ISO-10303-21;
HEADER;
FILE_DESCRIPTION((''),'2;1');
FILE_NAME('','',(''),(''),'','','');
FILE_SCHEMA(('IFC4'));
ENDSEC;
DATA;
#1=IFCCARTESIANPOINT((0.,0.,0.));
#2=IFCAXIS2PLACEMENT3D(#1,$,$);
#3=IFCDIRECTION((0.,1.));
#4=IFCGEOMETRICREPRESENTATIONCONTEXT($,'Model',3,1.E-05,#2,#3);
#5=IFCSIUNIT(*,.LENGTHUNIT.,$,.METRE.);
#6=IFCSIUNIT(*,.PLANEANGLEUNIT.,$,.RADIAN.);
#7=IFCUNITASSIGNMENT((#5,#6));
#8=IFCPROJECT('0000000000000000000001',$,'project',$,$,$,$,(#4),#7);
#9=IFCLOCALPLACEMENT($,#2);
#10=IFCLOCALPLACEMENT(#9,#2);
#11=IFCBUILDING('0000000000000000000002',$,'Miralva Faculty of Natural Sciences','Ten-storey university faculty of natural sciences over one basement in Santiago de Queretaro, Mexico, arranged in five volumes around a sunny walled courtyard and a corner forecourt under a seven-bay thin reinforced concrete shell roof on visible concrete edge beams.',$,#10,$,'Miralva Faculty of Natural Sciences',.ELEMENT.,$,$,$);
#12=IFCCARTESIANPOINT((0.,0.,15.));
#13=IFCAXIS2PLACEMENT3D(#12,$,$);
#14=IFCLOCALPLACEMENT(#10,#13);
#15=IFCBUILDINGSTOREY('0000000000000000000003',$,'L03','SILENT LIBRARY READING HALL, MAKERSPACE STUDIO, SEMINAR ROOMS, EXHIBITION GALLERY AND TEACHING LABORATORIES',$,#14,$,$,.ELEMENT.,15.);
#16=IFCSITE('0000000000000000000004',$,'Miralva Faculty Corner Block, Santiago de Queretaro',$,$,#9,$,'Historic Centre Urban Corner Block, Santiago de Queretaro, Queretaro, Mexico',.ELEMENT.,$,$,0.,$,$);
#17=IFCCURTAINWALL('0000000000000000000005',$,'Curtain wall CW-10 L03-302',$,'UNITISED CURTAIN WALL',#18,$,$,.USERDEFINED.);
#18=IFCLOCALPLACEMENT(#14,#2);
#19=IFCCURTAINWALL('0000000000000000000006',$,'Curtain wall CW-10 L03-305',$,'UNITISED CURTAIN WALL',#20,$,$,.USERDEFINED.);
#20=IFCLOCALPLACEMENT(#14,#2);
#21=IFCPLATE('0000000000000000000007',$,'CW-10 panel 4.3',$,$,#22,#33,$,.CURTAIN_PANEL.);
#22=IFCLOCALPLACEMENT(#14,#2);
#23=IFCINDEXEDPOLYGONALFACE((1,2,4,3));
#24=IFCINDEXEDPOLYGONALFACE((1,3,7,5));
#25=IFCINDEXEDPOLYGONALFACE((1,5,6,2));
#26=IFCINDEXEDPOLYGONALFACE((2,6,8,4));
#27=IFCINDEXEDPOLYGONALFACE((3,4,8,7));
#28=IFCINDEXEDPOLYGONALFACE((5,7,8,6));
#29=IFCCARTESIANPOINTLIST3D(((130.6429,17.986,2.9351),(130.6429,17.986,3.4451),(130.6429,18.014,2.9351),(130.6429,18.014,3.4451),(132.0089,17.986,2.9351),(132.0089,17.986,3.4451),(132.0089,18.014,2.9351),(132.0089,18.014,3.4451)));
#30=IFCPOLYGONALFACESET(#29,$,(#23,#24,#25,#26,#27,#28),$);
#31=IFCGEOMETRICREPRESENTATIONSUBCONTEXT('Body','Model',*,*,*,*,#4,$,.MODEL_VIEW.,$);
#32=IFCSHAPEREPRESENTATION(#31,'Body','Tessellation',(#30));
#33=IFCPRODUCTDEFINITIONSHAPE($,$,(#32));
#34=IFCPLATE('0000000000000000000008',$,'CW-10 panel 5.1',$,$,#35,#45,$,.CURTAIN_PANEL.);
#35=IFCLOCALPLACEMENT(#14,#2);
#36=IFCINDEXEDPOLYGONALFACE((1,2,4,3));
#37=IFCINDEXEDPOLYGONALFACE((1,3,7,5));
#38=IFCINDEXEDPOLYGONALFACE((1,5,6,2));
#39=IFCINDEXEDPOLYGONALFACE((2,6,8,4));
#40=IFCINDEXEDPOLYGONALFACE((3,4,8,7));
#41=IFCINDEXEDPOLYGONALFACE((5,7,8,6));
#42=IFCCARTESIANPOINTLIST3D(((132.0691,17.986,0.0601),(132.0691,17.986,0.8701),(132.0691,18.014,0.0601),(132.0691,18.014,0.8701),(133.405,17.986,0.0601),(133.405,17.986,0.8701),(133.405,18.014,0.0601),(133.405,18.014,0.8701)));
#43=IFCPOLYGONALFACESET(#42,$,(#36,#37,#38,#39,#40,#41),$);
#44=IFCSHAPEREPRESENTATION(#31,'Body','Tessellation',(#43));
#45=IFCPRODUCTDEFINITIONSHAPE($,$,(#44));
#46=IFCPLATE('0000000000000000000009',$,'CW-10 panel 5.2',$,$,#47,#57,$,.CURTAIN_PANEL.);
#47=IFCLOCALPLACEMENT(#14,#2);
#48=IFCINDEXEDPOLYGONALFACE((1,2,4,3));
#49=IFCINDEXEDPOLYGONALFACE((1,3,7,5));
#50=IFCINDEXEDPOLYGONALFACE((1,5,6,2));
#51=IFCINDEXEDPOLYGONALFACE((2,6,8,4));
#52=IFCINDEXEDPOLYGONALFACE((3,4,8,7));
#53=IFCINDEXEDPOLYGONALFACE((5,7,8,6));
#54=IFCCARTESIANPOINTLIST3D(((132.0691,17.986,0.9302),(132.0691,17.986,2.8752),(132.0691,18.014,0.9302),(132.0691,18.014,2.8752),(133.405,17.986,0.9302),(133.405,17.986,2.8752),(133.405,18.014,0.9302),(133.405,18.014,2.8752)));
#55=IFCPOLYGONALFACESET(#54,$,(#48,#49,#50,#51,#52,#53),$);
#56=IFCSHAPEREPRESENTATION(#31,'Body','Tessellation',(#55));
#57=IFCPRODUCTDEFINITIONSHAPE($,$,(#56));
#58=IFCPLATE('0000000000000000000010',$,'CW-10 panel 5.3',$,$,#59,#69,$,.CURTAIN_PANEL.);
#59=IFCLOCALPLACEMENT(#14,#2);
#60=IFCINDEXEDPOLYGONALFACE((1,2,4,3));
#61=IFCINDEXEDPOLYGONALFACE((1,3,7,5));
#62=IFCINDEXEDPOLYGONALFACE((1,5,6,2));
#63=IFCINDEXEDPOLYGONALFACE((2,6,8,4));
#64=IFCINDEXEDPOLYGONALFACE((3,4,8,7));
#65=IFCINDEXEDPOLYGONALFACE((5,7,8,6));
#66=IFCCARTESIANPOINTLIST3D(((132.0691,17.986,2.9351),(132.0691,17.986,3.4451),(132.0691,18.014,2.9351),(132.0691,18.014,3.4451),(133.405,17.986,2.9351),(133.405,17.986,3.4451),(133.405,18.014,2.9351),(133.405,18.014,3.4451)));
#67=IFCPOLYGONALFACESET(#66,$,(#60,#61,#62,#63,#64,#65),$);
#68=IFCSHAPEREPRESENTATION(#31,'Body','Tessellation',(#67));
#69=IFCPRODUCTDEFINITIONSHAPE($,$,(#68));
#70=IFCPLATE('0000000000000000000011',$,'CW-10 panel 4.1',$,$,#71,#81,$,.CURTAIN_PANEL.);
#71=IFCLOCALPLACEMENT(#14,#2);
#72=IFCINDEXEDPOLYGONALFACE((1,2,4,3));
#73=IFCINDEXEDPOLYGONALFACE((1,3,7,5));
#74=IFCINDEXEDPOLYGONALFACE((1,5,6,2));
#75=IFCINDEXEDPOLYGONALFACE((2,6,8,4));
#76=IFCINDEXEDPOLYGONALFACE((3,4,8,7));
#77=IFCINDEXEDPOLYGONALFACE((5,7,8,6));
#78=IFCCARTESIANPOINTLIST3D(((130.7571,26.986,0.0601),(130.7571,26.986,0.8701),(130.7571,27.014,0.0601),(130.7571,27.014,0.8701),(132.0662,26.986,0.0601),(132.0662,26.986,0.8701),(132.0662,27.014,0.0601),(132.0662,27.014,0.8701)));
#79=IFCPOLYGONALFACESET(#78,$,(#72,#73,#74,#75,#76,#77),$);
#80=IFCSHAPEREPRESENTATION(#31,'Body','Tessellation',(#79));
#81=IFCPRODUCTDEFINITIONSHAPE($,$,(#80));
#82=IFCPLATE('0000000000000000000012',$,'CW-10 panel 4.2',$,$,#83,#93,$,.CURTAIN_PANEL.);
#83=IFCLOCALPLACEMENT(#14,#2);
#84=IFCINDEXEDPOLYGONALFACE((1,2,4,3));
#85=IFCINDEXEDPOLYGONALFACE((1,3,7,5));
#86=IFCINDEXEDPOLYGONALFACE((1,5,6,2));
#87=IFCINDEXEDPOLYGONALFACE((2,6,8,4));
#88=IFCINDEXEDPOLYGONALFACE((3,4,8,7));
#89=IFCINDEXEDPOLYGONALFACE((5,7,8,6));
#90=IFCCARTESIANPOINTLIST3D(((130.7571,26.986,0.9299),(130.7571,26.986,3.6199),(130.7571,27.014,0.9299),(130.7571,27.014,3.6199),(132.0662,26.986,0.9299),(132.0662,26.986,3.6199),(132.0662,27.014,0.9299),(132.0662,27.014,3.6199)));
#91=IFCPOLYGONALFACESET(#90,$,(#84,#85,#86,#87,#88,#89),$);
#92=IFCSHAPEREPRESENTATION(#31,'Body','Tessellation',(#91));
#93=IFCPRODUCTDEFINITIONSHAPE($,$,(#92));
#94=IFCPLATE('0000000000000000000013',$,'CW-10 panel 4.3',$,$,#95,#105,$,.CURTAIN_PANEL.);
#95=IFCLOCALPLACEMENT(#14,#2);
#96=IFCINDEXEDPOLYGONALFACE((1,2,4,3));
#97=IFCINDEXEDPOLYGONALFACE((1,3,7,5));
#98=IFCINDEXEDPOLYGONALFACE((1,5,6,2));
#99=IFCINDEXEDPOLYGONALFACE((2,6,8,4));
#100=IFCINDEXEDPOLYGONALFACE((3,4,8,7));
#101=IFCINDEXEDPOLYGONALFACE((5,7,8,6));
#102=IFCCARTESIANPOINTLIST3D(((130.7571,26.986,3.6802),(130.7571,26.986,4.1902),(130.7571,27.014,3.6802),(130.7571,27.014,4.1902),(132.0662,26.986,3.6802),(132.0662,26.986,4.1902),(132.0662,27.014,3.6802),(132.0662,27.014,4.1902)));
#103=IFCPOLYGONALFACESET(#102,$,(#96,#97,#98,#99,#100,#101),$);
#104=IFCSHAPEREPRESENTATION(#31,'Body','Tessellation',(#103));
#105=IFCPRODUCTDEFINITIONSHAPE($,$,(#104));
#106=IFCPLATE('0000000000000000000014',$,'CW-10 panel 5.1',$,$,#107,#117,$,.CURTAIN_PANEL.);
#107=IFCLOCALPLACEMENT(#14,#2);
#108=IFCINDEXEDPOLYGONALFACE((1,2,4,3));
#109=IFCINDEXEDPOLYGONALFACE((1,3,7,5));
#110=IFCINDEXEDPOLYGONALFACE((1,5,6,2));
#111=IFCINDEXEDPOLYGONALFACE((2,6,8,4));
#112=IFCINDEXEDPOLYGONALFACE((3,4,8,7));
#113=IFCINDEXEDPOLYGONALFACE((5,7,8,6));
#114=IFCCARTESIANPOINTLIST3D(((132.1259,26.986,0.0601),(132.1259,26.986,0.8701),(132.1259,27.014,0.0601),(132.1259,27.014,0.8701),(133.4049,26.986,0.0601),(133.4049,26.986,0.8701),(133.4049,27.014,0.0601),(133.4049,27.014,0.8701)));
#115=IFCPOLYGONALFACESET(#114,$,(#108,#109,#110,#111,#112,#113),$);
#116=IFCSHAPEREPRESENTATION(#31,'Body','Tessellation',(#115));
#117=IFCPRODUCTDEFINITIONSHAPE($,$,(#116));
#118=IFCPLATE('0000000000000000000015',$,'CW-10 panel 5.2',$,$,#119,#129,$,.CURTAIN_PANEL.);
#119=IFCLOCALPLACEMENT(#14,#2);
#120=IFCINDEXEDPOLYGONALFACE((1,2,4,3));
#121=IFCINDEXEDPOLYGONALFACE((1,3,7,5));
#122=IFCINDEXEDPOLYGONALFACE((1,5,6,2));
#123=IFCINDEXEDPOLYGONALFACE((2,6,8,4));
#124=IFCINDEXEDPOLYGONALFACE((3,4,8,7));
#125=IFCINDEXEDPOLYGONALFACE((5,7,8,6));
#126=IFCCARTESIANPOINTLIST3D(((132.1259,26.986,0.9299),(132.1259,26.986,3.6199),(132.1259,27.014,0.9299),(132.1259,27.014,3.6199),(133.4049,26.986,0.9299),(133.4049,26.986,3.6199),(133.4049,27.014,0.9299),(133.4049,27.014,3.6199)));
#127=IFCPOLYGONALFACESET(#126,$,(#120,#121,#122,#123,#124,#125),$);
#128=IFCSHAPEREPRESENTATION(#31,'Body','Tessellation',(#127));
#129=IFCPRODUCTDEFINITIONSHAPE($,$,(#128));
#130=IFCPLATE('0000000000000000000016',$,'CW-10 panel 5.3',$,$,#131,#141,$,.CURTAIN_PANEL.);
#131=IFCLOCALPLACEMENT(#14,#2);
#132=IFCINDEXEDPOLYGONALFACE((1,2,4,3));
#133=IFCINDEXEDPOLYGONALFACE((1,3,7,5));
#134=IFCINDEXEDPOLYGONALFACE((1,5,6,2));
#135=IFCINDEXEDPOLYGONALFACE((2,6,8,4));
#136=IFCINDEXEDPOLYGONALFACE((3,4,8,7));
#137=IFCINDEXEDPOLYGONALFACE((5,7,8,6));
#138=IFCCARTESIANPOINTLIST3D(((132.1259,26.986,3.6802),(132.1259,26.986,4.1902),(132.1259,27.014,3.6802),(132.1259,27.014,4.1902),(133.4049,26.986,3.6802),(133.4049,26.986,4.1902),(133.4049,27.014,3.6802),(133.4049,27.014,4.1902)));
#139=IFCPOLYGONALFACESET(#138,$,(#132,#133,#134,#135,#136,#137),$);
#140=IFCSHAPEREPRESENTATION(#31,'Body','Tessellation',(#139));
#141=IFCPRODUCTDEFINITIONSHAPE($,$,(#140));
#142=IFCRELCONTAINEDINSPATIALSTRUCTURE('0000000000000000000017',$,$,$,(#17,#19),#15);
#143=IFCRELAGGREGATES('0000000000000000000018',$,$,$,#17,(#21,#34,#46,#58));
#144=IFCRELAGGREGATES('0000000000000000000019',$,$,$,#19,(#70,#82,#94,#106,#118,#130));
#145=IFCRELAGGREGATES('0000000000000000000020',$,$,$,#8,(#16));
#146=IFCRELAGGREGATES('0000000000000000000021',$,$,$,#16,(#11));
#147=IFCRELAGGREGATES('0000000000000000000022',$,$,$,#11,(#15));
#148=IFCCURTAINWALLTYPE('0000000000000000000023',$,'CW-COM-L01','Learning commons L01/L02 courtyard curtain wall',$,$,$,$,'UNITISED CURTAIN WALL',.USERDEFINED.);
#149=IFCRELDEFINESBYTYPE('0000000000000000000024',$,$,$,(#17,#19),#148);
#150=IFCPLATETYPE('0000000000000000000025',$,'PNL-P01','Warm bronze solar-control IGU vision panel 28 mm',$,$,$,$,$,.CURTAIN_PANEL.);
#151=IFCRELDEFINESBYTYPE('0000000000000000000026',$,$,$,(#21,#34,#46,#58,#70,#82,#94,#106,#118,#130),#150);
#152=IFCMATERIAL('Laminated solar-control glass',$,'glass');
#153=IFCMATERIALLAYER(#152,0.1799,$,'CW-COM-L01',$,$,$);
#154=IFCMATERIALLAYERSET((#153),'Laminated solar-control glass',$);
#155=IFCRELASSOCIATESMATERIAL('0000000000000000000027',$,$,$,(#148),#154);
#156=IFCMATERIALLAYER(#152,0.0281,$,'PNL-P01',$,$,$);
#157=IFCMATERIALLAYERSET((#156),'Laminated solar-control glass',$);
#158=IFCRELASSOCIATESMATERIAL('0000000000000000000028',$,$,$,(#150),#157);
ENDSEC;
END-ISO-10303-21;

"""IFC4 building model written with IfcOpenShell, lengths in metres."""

from ifc_helpers import new_model, si_unit, direction, frame, origin, origin_2d, place, context, subcontext, project, spatial, rectangle, extrude, material, layer, layer_set, type_object, element, aggregate, save


model = new_model("IFC4")

# Units and contexts
model_context = context("Model", 3, precision=1e-05, world=origin(), true_north=direction((0.0, 1.0)))
body_context = subcontext(model_context, "Body", "Model", "MODEL_VIEW")
ifc_project = project(units=[si_unit("LENGTHUNIT", "METRE"), si_unit("PLANEANGLEUNIT", "RADIAN")], contexts=[model_context])

# Site, building, storey
site_placement = place(None, origin())
site = spatial("IfcSite", under=ifc_project, at=site_placement, Name="Miralva Faculty Corner Block, Santiago de Queretaro", LongName="Historic Centre Urban Corner Block, Santiago de Queretaro, Queretaro, Mexico", CompositionType="ELEMENT", RefElevation=0.0)
building_placement = place(site_placement, origin())
building = spatial("IfcBuilding", under=site, at=building_placement, Name="Miralva Faculty of Natural Sciences", Description="Ten-storey university faculty of natural sciences over one basement in Santiago de Queretaro, Mexico, arranged in five volumes around a sunny walled courtyard and a corner forecourt under a seven-bay thin reinforced concrete shell roof on visible concrete edge beams.", LongName="Miralva Faculty of Natural Sciences", CompositionType="ELEMENT")
storey_placement = place(building_placement, frame((0.0, 0.0, 15.0)))
storey = spatial("IfcBuildingStorey", under=building, at=storey_placement, Name="L03", Description="SILENT LIBRARY READING HALL, MAKERSPACE STUDIO, SEMINAR ROOMS, EXHIBITION GALLERY AND TEACHING LABORATORIES", CompositionType="ELEMENT", Elevation=15.0)

# Shared definitions
ifc_material_1 = material(Name="Laminated solar-control glass", Category="glass")

# Curtain walls
ifc_layer_1 = layer(ifc_material_1, 0.1799, Name="CW-COM-L01")
ifc_layer_set_1 = layer_set([ifc_layer_1], Name="Laminated solar-control glass")
curtain_wall_type_1 = type_object("IfcCurtainWallType", Name="CW-COM-L01", Description="Learning commons L01/L02 courtyard curtain wall", ElementType="UNITISED CURTAIN WALL", PredefinedType="USERDEFINED", material=ifc_layer_set_1)
curtain_wall_1_placement = place(storey_placement, origin())
curtain_wall_1 = element("IfcCurtainWall", 1, at=curtain_wall_1_placement, inside=storey, type_object=curtain_wall_type_1, Name="Curtain wall CW-10 L03-302", ObjectType="UNITISED CURTAIN WALL", PredefinedType="USERDEFINED")
curtain_wall_2_placement = place(storey_placement, origin())
curtain_wall_2 = element("IfcCurtainWall", 2, at=curtain_wall_2_placement, inside=storey, type_object=curtain_wall_type_1, Name="Curtain wall CW-10 L03-305", ObjectType="UNITISED CURTAIN WALL", PredefinedType="USERDEFINED")

# Plates
ifc_layer_2 = layer(ifc_material_1, 0.0281, Name="PNL-P01")
ifc_layer_set_2 = layer_set([ifc_layer_2], Name="Laminated solar-control glass")
plate_type = type_object("IfcPlateType", Name="PNL-P01", Description="Warm bronze solar-control IGU vision panel 28 mm", PredefinedType="CURTAIN_PANEL", material=ifc_layer_set_2)
plate_1_placement = place(storey_placement, frame((131.3259, 18.0, 2.9351), z_axis=(0.0, 0.0, 1.0), x_axis=(1.0, 0.0, 0.0)))
plate_1 = element("IfcPlate", 3, at=plate_1_placement, type_object=plate_type, Name="CW-10 panel 4.3", PredefinedType="CURTAIN_PANEL", context=body_context, shape_type="SweptSolid", body=[
    extrude(rectangle(XDim=1.366, YDim=0.0281, at=origin_2d()), origin(), (0.0, 0.0, 1.0), 0.51),
])
plate_2_placement = place(storey_placement, frame((132.7371, 18.0, 0.0601), z_axis=(0.0, 0.0, 1.0), x_axis=(1.0, 0.0, 0.0)))
plate_2 = element("IfcPlate", 4, at=plate_2_placement, type_object=plate_type, Name="CW-10 panel 5.1", PredefinedType="CURTAIN_PANEL", context=body_context, shape_type="SweptSolid", body=[
    extrude(rectangle(XDim=1.3359, YDim=0.0281, at=origin_2d()), origin(), (0.0, 0.0, 1.0), 0.8101),
])
plate_3_placement = place(storey_placement, frame((132.7371, 18.0, 0.9302), z_axis=(0.0, 0.0, 1.0), x_axis=(1.0, 0.0, 0.0)))
plate_3 = element("IfcPlate", 5, at=plate_3_placement, type_object=plate_type, Name="CW-10 panel 5.2", PredefinedType="CURTAIN_PANEL", context=body_context, shape_type="SweptSolid", body=[
    extrude(rectangle(XDim=1.3359, YDim=0.0281, at=origin_2d()), origin(), (0.0, 0.0, 1.0), 1.9451),
])
plate_4_placement = place(storey_placement, frame((132.7371, 18.0, 2.9351), z_axis=(0.0, 0.0, 1.0), x_axis=(1.0, 0.0, 0.0)))
plate_4 = element("IfcPlate", 6, at=plate_4_placement, type_object=plate_type, Name="CW-10 panel 5.3", PredefinedType="CURTAIN_PANEL", context=body_context, shape_type="SweptSolid", body=[
    extrude(rectangle(XDim=1.3359, YDim=0.0281, at=origin_2d()), origin(), (0.0, 0.0, 1.0), 0.51),
])
aggregate(curtain_wall_1, [plate_1, plate_2, plate_3, plate_4])
plate_5_placement = place(storey_placement, frame((131.4116, 27.0, 0.0601), z_axis=(0.0, 0.0, 1.0), x_axis=(1.0, 0.0, 0.0)))
plate_5 = element("IfcPlate", 7, at=plate_5_placement, type_object=plate_type, Name="CW-10 panel 4.1", PredefinedType="CURTAIN_PANEL", context=body_context, shape_type="SweptSolid", body=[
    extrude(rectangle(XDim=1.3091, YDim=0.0281, at=origin_2d()), origin(), (0.0, 0.0, 1.0), 0.8101),
])
plate_6_placement = place(storey_placement, frame((131.4116, 27.0, 0.9299), z_axis=(0.0, 0.0, 1.0), x_axis=(1.0, 0.0, 0.0)))
plate_6 = element("IfcPlate", 8, at=plate_6_placement, type_object=plate_type, Name="CW-10 panel 4.2", PredefinedType="CURTAIN_PANEL", context=body_context, shape_type="SweptSolid", body=[
    extrude(rectangle(XDim=1.3091, YDim=0.0281, at=origin_2d()), origin(), (0.0, 0.0, 1.0), 2.6899),
])
plate_7_placement = place(storey_placement, frame((131.4116, 27.0, 3.6802), z_axis=(0.0, 0.0, 1.0), x_axis=(1.0, 0.0, 0.0)))
plate_7 = element("IfcPlate", 9, at=plate_7_placement, type_object=plate_type, Name="CW-10 panel 4.3", PredefinedType="CURTAIN_PANEL", context=body_context, shape_type="SweptSolid", body=[
    extrude(rectangle(XDim=1.3091, YDim=0.0281, at=origin_2d()), origin(), (0.0, 0.0, 1.0), 0.51),
])
plate_8_placement = place(storey_placement, frame((132.7654, 27.0, 0.0601), z_axis=(0.0, 0.0, 1.0), x_axis=(1.0, 0.0, 0.0)))
plate_8 = element("IfcPlate", 10, at=plate_8_placement, type_object=plate_type, Name="CW-10 panel 5.1", PredefinedType="CURTAIN_PANEL", context=body_context, shape_type="SweptSolid", body=[
    extrude(rectangle(XDim=1.2791, YDim=0.0281, at=origin_2d()), origin(), (0.0, 0.0, 1.0), 0.8101),
])
plate_9_placement = place(storey_placement, frame((132.7654, 27.0, 0.9299), z_axis=(0.0, 0.0, 1.0), x_axis=(1.0, 0.0, 0.0)))
plate_9 = element("IfcPlate", 11, at=plate_9_placement, type_object=plate_type, Name="CW-10 panel 5.2", PredefinedType="CURTAIN_PANEL", context=body_context, shape_type="SweptSolid", body=[
    extrude(rectangle(XDim=1.2791, YDim=0.0281, at=origin_2d()), origin(), (0.0, 0.0, 1.0), 2.6899),
])
plate_10_placement = place(storey_placement, frame((132.7654, 27.0, 3.6802), z_axis=(0.0, 0.0, 1.0), x_axis=(1.0, 0.0, 0.0)))
plate_10 = element("IfcPlate", 12, at=plate_10_placement, type_object=plate_type, Name="CW-10 panel 5.3", PredefinedType="CURTAIN_PANEL", context=body_context, shape_type="SweptSolid", body=[
    extrude(rectangle(XDim=1.2791, YDim=0.0281, at=origin_2d()), origin(), (0.0, 0.0, 1.0), 0.51),
])
aggregate(curtain_wall_2, [plate_5, plate_6, plate_7, plate_8, plate_9, plate_10])

save(model, "model.ifc")
